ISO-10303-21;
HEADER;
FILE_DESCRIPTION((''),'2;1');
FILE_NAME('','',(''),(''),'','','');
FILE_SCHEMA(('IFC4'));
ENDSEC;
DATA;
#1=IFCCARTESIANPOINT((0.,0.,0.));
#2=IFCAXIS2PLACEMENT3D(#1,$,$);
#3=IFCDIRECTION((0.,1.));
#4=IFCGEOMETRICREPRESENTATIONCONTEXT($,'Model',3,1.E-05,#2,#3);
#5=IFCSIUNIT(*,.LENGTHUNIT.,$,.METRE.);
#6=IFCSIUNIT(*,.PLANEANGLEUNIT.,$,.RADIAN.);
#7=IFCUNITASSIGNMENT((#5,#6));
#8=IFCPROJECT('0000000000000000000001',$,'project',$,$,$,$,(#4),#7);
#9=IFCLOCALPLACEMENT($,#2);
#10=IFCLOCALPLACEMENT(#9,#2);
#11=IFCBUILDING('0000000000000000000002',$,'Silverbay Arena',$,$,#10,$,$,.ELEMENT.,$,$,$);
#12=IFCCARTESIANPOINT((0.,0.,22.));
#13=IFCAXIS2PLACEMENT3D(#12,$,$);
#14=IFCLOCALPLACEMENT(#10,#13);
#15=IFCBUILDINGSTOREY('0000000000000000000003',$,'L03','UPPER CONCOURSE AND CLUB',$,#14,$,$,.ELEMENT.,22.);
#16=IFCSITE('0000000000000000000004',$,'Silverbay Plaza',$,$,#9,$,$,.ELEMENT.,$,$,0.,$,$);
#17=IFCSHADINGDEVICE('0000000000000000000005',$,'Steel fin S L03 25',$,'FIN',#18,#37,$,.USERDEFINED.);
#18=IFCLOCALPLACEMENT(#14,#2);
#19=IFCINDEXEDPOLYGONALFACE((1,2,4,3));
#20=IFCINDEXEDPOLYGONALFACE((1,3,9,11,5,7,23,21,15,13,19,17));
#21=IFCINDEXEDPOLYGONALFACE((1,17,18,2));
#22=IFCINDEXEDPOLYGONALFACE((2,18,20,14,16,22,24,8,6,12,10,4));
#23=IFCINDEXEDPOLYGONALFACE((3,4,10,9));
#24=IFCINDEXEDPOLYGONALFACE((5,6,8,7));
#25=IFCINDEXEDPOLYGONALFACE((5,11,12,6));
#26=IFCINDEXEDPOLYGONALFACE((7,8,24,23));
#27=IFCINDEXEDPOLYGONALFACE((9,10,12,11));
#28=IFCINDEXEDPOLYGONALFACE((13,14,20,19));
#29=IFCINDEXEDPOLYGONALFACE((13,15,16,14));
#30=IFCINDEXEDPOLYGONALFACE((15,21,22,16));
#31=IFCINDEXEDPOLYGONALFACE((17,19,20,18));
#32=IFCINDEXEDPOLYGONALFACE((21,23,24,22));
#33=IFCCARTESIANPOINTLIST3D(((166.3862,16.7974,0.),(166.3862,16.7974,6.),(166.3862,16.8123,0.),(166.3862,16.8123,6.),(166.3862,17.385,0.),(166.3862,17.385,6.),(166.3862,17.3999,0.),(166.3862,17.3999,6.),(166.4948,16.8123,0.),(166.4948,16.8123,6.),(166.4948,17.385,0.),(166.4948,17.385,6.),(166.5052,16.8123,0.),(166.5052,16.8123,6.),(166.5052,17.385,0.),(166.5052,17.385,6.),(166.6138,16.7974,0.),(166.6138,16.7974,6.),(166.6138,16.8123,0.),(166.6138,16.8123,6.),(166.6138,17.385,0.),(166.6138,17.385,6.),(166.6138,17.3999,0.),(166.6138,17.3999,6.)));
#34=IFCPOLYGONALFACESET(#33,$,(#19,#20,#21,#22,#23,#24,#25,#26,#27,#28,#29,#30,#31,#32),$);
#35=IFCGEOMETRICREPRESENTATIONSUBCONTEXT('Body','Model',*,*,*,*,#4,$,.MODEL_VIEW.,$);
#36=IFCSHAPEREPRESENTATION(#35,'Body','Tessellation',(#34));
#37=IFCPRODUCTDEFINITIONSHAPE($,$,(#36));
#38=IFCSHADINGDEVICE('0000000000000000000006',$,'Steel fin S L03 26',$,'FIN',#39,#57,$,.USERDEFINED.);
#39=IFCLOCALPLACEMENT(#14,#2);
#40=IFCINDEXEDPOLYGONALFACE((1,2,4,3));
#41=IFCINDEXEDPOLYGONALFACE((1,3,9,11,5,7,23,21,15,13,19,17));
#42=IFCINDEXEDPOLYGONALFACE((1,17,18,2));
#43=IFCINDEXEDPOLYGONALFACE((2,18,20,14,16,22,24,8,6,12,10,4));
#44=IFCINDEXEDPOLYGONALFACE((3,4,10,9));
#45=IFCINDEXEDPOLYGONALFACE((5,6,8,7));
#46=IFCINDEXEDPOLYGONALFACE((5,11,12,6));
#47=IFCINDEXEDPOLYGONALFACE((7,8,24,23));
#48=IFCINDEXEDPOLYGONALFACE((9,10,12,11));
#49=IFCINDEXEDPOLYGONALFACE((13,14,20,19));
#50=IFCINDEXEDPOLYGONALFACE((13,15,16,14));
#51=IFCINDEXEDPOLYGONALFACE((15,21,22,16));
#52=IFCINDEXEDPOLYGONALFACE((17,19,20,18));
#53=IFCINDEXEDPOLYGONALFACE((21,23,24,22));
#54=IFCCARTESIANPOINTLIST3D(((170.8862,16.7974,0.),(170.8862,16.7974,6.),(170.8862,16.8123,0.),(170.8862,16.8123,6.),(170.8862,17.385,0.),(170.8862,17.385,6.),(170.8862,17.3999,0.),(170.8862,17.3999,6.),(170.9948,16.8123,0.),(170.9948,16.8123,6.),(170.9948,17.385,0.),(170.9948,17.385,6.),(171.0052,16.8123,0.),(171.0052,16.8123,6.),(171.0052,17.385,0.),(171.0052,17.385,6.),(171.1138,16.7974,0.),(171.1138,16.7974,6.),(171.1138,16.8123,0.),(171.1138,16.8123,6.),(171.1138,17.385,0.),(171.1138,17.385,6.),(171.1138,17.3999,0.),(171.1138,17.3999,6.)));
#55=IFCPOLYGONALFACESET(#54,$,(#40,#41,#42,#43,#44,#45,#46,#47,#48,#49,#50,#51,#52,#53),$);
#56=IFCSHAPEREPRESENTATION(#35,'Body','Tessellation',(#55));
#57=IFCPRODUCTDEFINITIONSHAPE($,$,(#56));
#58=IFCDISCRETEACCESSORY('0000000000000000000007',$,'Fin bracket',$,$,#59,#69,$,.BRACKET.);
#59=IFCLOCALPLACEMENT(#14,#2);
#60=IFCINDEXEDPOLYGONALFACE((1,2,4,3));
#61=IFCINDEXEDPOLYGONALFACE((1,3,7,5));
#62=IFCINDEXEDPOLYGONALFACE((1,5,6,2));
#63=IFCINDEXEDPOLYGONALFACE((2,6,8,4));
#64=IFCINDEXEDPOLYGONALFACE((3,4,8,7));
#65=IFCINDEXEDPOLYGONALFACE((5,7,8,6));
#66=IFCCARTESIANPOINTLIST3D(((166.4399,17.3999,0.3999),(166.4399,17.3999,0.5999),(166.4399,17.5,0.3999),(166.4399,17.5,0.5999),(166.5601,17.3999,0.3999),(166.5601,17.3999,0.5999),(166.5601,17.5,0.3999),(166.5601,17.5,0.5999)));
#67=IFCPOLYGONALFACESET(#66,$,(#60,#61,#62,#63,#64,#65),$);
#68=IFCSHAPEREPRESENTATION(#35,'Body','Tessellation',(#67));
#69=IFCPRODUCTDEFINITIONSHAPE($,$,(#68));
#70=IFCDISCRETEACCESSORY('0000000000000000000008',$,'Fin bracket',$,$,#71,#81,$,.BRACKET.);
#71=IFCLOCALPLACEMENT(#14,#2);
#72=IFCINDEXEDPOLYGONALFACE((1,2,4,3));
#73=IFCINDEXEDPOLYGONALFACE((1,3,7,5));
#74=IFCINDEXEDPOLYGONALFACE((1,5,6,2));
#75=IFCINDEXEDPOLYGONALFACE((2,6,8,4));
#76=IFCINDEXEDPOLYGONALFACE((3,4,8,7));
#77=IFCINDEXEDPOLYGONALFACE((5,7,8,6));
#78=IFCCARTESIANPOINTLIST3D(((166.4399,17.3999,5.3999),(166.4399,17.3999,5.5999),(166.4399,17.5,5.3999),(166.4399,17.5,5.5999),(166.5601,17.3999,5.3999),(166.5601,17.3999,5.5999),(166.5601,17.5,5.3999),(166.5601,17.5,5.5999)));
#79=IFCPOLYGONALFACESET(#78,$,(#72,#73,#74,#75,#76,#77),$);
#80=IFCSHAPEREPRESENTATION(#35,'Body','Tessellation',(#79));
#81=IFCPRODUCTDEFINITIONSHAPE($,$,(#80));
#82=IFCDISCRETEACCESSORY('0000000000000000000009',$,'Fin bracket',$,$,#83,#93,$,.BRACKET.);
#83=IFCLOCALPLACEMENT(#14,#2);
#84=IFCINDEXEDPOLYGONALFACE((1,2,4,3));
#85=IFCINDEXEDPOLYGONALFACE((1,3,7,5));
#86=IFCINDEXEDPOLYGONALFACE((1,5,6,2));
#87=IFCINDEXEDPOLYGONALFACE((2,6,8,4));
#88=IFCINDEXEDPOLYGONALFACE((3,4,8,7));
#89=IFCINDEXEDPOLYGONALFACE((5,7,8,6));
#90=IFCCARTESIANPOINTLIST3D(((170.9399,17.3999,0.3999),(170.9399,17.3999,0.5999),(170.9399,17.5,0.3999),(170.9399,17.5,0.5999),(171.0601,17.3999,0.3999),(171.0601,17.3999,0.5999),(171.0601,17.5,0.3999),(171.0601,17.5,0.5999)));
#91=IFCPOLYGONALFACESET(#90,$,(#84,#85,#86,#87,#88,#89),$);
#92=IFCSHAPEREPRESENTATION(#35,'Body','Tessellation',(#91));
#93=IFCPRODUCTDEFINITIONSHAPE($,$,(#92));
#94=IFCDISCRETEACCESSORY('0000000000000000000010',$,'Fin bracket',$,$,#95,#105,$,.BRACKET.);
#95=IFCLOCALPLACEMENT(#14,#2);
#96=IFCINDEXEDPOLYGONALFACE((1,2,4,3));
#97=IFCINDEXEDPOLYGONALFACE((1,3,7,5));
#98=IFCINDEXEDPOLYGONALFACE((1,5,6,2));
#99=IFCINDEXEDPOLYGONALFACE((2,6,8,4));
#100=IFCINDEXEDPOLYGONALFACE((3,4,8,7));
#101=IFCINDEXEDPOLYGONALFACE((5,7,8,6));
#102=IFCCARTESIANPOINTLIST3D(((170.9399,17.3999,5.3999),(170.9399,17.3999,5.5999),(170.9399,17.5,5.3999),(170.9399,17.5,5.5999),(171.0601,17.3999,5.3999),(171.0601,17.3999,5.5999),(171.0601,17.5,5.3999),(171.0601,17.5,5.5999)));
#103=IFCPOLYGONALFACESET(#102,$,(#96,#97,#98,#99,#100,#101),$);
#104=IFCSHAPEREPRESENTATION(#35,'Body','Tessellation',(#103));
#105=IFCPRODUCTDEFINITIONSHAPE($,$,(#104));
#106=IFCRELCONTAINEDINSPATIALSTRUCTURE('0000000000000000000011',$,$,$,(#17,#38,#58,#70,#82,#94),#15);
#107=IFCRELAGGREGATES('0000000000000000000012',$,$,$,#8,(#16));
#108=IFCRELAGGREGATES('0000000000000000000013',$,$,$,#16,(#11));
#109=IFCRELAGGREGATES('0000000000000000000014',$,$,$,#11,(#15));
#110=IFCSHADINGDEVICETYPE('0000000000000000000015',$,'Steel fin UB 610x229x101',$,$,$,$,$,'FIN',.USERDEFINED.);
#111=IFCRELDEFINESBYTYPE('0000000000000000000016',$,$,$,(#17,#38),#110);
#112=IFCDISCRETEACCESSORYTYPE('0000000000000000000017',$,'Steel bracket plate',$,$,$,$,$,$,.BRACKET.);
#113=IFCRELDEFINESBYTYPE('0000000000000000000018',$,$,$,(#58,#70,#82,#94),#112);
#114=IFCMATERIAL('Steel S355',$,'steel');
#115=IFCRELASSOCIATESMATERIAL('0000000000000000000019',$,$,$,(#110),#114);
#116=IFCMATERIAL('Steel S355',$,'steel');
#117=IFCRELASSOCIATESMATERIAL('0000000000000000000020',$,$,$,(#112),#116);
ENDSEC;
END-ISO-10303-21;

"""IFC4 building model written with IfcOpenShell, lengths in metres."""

from ifc_helpers import new_model, si_unit, direction, frame, origin, origin_2d, place, context, subcontext, project, spatial, rectangle, i_section, extrude, material, material_profile, profile_set, type_object, element, save


model = new_model("IFC4")

# Units and contexts
model_context = context("Model", 3, precision=1e-05, world=origin(), true_north=direction((0.0, 1.0)))
body_context = subcontext(model_context, "Body", "Model", "MODEL_VIEW")
ifc_project = project(units=[si_unit("LENGTHUNIT", "METRE"), si_unit("PLANEANGLEUNIT", "RADIAN")], contexts=[model_context])

# Site, building, storey
site_placement = place(None, origin())
site = spatial("IfcSite", under=ifc_project, at=site_placement, Name="Silverbay Plaza", CompositionType="ELEMENT", RefElevation=0.0)
building_placement = place(site_placement, origin())
building = spatial("IfcBuilding", under=site, at=building_placement, Name="Silverbay Arena", CompositionType="ELEMENT")
storey_placement = place(building_placement, frame((0.0, 0.0, 22.0)))
storey = spatial("IfcBuildingStorey", under=building, at=storey_placement, Name="L03", Description="UPPER CONCOURSE AND CLUB", CompositionType="ELEMENT", Elevation=22.0)

# Shading devices
ifc_material_1 = material(Name="Steel S355", Category="steel")
ifc_material_profile_1 = material_profile(ifc_material_1, i_section(OverallWidth=0.2275, OverallDepth=0.6025, WebThickness=0.0105, FlangeThickness=0.0149, at=origin_2d()), Name="UB 610x229x101")
ifc_profile_set_1 = profile_set([ifc_material_profile_1], Name="Steel S355")
shading_device_type = type_object("IfcShadingDeviceType", Name="Steel fin UB 610x229x101", ElementType="FIN", PredefinedType="USERDEFINED", material=ifc_profile_set_1)
for number, where, z_axis, x_axis, name in (
    (1, (166.5, 17.0986, 0.0), (0.0, 0.0, 1.0), (1.0, 0.0, 0.0), "Steel fin S L03 25"),
    (2, (171.0, 17.0986, 0.0), (0.0, 0.0, 1.0), (1.0, 0.0, 0.0), "Steel fin S L03 26"),
):
    element("IfcShadingDevice", number, at=place(storey_placement, frame(where, z_axis=z_axis, x_axis=x_axis)), inside=storey, type_object=shading_device_type, Name=name, ObjectType="FIN", PredefinedType="USERDEFINED", context=body_context, shape_type="SweptSolid", body=[
        extrude(i_section(OverallWidth=0.2275, OverallDepth=0.6025, WebThickness=0.0105, FlangeThickness=0.0149, at=origin_2d()), origin(), (0.0, 0.0, 1.0), 6.0),
    ])

# Discrete accessories
ifc_material_2 = material(Name="Steel S355", Category="steel")
discrete_accessory_type = type_object("IfcDiscreteAccessoryType", Name="Steel bracket plate", PredefinedType="BRACKET", material=ifc_material_2)
for number, where, z_axis, x_axis, name in (
    (3, (166.5, 17.45, 0.3999), (0.0, 0.0, 1.0), (1.0, 0.0, 0.0), "Fin bracket"),
    (4, (166.5, 17.45, 5.3999), (0.0, 0.0, 1.0), (1.0, 0.0, 0.0), "Fin bracket"),
    (5, (171.0, 17.45, 0.3999), (0.0, 0.0, 1.0), (1.0, 0.0, 0.0), "Fin bracket"),
    (6, (171.0, 17.45, 5.3999), (0.0, 0.0, 1.0), (1.0, 0.0, 0.0), "Fin bracket"),
):
    element("IfcDiscreteAccessory", number, at=place(storey_placement, frame(where, z_axis=z_axis, x_axis=x_axis)), inside=storey, type_object=discrete_accessory_type, Name=name, PredefinedType="BRACKET", context=body_context, shape_type="SweptSolid", body=[
        extrude(rectangle(XDim=0.1201, YDim=0.1001, at=origin_2d()), origin(), (0.0, 0.0, 1.0), 0.2),
    ])

save(model, "model.ifc")
